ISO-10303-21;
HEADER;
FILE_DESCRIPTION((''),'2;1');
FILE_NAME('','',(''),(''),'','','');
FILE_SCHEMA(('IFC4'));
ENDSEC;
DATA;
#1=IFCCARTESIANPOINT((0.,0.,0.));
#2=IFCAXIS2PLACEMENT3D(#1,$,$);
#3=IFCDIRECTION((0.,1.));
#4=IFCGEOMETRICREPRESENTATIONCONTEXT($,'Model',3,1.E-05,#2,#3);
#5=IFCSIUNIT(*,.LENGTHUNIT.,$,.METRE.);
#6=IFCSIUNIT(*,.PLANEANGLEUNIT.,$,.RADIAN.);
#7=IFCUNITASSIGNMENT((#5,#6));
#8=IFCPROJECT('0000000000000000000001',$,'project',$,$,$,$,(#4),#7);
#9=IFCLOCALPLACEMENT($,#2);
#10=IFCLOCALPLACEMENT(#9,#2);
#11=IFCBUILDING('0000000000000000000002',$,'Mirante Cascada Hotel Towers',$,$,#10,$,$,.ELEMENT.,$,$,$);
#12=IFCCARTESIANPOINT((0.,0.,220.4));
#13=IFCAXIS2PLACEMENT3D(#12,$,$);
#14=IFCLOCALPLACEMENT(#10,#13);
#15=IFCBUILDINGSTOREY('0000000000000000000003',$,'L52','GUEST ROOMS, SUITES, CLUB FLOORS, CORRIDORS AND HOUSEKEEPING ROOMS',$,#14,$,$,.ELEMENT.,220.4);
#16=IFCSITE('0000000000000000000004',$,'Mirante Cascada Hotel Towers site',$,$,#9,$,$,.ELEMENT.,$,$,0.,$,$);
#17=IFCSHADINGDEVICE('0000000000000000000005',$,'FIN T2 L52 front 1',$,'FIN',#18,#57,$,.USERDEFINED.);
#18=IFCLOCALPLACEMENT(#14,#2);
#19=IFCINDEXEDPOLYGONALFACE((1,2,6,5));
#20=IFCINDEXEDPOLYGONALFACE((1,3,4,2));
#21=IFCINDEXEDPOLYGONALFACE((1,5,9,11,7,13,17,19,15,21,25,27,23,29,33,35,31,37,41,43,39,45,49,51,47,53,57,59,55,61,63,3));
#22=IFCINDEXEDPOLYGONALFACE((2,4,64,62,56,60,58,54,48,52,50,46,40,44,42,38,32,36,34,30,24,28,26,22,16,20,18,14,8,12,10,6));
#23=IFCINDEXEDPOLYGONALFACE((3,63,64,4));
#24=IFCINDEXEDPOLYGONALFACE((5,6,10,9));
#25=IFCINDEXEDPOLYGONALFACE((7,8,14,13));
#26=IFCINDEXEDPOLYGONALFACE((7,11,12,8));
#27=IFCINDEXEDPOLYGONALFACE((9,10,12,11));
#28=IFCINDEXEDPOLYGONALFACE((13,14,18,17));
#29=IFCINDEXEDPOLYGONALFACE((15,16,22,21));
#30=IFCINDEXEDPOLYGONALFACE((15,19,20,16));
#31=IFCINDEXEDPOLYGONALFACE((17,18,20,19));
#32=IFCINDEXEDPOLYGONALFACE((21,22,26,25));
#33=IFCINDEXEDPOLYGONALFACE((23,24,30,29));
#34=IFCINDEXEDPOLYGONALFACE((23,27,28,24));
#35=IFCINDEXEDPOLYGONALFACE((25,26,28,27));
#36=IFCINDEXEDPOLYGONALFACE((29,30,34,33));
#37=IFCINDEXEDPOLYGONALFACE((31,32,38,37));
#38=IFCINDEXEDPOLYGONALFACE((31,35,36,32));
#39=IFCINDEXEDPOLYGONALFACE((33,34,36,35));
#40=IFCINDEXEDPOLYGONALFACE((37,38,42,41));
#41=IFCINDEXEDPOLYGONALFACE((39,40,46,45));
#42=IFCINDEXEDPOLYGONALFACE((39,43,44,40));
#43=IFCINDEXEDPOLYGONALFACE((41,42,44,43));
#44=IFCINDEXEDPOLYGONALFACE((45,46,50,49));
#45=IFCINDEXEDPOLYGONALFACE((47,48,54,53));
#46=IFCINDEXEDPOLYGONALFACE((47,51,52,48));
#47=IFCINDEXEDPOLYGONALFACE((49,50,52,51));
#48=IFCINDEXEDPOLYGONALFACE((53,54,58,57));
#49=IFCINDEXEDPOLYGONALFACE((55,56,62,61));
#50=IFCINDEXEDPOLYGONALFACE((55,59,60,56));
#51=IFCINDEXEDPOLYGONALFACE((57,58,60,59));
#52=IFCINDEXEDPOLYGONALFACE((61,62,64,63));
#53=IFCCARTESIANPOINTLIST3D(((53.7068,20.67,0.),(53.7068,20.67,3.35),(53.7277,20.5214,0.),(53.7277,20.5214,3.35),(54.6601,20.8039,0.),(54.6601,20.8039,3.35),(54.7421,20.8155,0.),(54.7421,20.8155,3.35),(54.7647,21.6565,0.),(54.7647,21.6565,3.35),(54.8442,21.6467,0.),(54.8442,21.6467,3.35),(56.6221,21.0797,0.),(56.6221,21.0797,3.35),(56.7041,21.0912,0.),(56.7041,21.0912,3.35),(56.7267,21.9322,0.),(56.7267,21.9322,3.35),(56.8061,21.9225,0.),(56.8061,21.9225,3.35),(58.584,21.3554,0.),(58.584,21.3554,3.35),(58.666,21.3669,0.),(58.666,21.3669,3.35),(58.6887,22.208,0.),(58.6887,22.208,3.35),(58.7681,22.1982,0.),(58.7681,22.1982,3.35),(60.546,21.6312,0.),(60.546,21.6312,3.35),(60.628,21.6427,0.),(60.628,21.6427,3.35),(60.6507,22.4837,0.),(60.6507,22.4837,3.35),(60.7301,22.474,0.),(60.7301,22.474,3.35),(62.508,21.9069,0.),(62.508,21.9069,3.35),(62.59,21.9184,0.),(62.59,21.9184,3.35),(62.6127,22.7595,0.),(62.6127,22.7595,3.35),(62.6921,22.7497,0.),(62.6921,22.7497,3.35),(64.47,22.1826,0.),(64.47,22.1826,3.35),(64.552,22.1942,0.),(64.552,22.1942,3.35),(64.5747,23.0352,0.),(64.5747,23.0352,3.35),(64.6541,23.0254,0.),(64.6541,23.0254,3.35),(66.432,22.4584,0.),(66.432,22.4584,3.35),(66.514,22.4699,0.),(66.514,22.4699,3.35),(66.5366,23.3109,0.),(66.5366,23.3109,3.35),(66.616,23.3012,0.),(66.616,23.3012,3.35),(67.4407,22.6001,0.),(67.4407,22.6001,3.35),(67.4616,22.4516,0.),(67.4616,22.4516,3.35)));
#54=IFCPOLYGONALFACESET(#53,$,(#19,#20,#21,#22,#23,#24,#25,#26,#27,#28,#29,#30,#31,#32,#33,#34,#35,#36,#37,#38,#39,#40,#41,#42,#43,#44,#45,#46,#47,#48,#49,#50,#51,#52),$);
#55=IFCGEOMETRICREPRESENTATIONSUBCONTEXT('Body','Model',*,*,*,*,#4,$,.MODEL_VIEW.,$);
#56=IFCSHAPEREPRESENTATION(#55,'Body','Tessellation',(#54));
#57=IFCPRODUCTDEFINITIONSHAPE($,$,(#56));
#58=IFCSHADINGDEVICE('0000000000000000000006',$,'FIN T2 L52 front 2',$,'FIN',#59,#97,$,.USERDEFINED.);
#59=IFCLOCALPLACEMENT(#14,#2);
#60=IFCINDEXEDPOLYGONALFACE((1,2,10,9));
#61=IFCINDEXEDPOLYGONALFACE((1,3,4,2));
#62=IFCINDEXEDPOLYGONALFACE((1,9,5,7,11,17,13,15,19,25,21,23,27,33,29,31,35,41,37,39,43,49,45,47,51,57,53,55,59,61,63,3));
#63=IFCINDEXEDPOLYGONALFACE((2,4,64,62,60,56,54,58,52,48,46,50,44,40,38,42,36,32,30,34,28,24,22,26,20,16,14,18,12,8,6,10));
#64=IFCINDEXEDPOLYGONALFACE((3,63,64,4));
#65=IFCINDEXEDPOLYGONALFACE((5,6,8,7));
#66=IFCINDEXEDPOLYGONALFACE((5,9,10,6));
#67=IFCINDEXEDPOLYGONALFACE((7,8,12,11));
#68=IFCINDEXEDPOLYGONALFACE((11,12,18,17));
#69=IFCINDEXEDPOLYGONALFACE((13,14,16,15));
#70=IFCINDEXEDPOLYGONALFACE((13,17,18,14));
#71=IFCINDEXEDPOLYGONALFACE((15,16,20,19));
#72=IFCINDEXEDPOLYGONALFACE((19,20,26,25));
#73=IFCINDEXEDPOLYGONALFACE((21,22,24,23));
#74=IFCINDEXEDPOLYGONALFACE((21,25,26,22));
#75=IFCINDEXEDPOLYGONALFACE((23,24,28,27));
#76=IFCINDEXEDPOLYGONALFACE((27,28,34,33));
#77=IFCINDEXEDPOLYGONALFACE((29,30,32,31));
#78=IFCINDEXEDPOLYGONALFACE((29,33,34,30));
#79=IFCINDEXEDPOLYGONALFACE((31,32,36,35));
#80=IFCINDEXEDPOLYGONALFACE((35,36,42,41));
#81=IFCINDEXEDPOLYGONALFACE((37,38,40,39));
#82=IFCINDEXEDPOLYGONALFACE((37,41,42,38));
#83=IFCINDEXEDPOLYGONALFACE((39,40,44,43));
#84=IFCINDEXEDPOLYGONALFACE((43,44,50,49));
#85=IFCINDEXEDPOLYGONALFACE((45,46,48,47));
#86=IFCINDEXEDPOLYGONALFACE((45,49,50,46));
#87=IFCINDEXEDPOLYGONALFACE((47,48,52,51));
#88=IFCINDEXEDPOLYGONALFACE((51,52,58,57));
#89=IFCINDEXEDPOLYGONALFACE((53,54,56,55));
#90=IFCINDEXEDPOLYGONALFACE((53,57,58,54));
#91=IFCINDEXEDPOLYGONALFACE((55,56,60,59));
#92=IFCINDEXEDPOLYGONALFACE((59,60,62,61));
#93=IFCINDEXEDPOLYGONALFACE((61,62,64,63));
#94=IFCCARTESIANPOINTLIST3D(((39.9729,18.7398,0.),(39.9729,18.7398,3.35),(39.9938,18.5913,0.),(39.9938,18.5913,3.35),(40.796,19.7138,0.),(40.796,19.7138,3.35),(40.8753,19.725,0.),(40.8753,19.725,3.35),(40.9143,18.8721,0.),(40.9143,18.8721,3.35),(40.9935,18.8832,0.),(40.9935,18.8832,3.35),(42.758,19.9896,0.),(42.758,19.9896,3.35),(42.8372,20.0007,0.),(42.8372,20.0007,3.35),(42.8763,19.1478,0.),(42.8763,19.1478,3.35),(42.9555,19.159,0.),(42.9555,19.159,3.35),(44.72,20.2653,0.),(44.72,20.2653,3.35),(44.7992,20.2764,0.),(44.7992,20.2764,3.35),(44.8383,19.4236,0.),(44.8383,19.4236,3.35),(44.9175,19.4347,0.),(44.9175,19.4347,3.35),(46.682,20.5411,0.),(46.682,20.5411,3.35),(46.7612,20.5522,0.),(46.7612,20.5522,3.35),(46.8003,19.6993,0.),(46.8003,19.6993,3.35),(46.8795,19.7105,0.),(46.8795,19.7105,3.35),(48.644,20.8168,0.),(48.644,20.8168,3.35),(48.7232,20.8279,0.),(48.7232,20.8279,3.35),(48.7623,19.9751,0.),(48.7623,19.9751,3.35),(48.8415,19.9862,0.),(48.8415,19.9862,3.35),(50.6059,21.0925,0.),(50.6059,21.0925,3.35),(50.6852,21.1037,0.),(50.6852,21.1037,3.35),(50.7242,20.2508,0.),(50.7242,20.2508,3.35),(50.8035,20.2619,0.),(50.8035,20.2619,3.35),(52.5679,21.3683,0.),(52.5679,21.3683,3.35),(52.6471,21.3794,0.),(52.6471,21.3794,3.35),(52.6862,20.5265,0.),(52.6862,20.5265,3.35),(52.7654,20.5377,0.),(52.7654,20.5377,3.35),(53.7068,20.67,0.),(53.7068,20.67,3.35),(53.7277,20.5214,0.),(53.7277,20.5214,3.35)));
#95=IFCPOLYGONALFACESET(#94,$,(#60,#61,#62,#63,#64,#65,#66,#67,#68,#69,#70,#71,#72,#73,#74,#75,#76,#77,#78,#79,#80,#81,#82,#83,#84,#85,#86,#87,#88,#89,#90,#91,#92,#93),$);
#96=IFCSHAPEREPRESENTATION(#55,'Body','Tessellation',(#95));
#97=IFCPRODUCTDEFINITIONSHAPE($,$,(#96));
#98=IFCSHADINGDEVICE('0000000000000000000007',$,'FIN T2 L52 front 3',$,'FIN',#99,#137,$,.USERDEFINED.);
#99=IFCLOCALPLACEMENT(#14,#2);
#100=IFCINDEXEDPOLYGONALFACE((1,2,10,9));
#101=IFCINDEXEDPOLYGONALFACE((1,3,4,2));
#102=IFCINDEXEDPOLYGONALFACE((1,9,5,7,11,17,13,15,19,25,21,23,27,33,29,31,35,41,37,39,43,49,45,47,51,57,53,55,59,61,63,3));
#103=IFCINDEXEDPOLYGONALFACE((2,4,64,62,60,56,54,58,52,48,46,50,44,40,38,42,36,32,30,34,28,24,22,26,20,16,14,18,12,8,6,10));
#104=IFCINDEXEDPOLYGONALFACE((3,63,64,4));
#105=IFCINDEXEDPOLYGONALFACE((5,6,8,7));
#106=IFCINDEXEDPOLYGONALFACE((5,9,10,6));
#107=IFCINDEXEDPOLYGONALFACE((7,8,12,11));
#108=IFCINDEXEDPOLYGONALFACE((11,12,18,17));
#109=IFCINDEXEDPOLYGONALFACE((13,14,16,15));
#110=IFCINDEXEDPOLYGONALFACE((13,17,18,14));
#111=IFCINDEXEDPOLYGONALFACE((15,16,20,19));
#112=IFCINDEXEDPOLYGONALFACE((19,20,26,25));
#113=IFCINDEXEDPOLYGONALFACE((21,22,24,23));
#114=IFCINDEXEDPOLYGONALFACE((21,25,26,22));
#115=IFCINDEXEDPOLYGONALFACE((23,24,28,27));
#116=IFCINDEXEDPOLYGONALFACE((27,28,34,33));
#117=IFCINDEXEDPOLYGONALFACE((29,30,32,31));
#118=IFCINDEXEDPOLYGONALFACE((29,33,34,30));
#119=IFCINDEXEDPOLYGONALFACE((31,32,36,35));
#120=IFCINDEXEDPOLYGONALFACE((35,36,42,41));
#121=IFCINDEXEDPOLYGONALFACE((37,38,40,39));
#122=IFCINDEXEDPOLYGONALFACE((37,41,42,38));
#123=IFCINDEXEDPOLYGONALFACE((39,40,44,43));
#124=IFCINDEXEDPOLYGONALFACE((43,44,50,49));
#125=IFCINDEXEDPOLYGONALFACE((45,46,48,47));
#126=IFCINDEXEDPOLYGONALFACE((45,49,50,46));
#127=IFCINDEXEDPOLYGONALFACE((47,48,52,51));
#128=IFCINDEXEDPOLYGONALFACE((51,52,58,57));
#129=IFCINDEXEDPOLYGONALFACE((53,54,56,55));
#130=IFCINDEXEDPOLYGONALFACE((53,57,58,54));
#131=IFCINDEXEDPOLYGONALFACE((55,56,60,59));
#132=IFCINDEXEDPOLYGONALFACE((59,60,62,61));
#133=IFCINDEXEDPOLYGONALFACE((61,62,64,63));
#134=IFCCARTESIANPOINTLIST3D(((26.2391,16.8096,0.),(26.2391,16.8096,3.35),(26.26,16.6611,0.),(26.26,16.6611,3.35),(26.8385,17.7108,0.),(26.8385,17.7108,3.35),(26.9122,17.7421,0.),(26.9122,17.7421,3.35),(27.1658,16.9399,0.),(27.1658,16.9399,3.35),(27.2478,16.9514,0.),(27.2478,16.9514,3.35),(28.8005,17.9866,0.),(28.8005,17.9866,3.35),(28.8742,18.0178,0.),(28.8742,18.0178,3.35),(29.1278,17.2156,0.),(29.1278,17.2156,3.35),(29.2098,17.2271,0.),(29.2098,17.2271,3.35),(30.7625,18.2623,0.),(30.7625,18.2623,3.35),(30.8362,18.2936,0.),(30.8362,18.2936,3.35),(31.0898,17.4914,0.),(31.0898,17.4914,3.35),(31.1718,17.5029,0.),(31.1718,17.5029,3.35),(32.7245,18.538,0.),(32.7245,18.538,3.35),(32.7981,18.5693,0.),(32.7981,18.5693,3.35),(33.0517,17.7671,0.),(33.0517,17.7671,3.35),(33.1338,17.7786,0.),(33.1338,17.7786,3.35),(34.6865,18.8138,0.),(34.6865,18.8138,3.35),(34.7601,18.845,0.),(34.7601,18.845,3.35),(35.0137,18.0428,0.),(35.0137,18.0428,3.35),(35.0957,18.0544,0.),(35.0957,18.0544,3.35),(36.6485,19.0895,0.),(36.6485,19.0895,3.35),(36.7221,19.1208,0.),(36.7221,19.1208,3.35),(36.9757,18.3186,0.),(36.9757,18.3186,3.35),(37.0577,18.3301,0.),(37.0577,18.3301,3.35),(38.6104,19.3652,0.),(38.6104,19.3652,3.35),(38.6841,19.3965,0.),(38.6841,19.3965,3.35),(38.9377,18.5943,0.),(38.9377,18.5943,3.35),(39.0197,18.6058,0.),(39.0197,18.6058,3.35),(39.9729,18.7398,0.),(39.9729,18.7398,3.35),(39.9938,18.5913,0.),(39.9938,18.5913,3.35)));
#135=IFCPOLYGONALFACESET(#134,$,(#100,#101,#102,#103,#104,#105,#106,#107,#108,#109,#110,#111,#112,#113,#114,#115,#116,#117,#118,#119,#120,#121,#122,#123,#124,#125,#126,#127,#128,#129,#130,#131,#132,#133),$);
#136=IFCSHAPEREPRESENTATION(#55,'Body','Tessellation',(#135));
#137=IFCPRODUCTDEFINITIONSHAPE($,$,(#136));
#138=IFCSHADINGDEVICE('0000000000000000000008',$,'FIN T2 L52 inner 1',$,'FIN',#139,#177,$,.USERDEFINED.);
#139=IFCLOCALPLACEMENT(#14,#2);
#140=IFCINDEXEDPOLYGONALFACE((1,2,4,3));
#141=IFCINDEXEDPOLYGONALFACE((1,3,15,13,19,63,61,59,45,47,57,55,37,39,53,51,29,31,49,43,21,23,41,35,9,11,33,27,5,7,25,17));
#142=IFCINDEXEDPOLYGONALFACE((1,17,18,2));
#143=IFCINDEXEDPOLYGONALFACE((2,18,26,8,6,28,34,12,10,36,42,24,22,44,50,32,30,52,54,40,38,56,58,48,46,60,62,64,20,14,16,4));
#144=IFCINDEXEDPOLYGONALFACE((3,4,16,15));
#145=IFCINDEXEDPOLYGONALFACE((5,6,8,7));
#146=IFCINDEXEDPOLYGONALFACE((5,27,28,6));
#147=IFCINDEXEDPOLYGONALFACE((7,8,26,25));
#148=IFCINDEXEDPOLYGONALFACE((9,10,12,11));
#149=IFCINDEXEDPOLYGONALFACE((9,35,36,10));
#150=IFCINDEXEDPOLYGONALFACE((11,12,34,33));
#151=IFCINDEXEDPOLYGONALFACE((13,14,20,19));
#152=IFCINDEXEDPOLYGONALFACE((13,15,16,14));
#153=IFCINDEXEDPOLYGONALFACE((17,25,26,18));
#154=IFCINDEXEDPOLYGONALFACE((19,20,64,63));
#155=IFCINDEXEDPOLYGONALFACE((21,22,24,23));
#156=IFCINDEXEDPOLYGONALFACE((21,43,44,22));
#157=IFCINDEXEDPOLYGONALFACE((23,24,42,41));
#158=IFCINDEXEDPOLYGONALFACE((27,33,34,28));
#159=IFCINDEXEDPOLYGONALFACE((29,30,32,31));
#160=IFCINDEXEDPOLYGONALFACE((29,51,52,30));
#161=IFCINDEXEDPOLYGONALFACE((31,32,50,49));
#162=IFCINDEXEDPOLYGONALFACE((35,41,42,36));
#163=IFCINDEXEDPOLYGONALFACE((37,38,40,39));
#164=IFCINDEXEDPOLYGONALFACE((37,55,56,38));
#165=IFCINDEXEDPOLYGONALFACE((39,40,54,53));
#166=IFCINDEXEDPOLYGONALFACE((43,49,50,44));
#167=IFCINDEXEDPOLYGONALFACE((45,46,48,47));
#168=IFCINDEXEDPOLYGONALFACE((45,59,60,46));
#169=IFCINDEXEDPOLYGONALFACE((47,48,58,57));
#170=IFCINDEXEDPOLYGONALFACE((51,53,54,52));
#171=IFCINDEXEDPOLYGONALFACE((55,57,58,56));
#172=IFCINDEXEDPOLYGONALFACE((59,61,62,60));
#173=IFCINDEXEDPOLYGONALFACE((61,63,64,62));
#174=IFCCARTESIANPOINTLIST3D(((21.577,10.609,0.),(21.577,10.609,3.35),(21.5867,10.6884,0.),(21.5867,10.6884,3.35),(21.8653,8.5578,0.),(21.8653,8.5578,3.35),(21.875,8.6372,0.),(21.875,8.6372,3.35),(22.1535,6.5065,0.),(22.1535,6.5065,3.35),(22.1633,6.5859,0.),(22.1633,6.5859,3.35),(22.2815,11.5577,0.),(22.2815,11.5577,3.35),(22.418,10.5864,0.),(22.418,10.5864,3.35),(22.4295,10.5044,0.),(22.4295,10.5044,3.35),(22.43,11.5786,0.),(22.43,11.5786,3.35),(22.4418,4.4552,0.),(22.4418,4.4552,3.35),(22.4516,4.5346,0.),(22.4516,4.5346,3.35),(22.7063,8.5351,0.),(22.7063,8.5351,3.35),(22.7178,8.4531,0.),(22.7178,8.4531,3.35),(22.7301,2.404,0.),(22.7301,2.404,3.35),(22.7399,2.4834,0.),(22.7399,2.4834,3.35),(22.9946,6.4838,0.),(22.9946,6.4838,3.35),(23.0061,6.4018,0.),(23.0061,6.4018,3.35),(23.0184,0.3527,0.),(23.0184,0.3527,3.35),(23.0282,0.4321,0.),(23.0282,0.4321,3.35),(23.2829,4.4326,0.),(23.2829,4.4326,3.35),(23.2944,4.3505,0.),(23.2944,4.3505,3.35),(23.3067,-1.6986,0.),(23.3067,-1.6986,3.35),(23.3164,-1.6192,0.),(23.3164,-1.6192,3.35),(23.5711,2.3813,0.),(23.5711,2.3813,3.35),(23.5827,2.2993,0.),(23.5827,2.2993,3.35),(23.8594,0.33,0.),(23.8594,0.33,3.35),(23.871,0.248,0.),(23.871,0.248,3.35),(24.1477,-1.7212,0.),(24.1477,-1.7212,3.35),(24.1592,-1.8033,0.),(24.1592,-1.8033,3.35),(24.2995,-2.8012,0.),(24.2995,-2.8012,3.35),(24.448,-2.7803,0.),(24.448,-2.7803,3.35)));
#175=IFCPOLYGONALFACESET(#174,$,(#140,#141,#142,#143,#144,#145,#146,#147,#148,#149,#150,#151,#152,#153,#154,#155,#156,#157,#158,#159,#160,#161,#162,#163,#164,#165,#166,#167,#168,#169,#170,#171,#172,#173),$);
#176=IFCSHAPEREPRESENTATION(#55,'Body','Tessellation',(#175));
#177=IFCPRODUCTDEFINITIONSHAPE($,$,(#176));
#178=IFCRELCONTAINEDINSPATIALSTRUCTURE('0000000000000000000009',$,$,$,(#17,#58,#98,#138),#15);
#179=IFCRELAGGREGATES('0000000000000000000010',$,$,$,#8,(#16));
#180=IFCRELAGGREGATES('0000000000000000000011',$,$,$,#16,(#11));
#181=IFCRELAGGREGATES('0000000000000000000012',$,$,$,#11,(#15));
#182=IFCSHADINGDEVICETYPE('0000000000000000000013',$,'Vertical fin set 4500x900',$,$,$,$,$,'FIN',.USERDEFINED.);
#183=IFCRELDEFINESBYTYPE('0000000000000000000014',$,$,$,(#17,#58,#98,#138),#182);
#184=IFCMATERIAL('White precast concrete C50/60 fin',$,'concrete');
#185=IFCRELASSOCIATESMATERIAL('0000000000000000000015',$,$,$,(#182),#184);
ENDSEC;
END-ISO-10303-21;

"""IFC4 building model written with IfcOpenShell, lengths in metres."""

from ifc_helpers import new_model, si_unit, direction, frame, origin, place, context, subcontext, project, spatial, polyline, outline, extrude, material, type_object, element, save


model = new_model("IFC4")

# Units and contexts
model_context = context("Model", 3, precision=1e-05, world=origin(), true_north=direction((0.0, 1.0)))
body_context = subcontext(model_context, "Body", "Model", "MODEL_VIEW")
ifc_project = project(units=[si_unit("LENGTHUNIT", "METRE"), si_unit("PLANEANGLEUNIT", "RADIAN")], contexts=[model_context])

# Site, building, storey
site_placement = place(None, origin())
site = spatial("IfcSite", under=ifc_project, at=site_placement, Name="Mirante Cascada Hotel Towers site", CompositionType="ELEMENT", RefElevation=0.0)
building_placement = place(site_placement, origin())
building = spatial("IfcBuilding", under=site, at=building_placement, Name="Mirante Cascada Hotel Towers", CompositionType="ELEMENT")
storey_placement = place(building_placement, frame((0.0, 0.0, 220.4)))
storey = spatial("IfcBuildingStorey", under=building, at=storey_placement, Name="L52", Description="GUEST ROOMS, SUITES, CLUB FLOORS, CORRIDORS AND HOUSEKEEPING ROOMS", CompositionType="ELEMENT", Elevation=220.4)

# Shading devices
ifc_material_1 = material(Name="White precast concrete C50/60 fin", Category="concrete")
shading_device_type = type_object("IfcShadingDeviceType", Name="Vertical fin set 4500x900", ElementType="FIN", PredefinedType="USERDEFINED", material=ifc_material_1)
shading_device_1_placement = place(storey_placement, origin())
element("IfcShadingDevice", 1, at=shading_device_1_placement, inside=storey, type_object=shading_device_type, Name="FIN T2 L52 front 1", ObjectType="FIN", PredefinedType="USERDEFINED", context=body_context, shape_type="SweptSolid", body=[
    extrude(outline(polyline([(54.8442, 21.6467), (54.7421, 20.8155), (56.6221, 21.0797), (56.7267, 21.9322), (56.8061, 21.9225), (56.7041, 21.0912), (58.584, 21.3554), (58.6887, 22.208), (58.7681, 22.1982), (58.666, 21.3669), (60.546, 21.6312), (60.6507, 22.4837), (60.7301, 22.474), (60.628, 21.6427), (62.508, 21.9069), (62.6127, 22.7595), (62.6921, 22.7497), (62.59, 21.9184), (64.47, 22.1826), (64.5747, 23.0352), (64.6541, 23.0254), (64.552, 22.1942), (66.432, 22.4584), (66.5366, 23.3109), (66.616, 23.3012), (66.514, 22.4699), (67.4407, 22.6001), (67.4616, 22.4516), (53.7277, 20.5214), (53.7068, 20.67), (54.6601, 20.8039), (54.7647, 21.6565), (54.8442, 21.6467)])), origin(), (0.0, 0.0, 1.0), 3.35),
])
shading_device_2_placement = place(storey_placement, origin())
element("IfcShadingDevice", 2, at=shading_device_2_placement, inside=storey, type_object=shading_device_type, Name="FIN T2 L52 front 2", ObjectType="FIN", PredefinedType="USERDEFINED", context=body_context, shape_type="SweptSolid", body=[
    extrude(outline(polyline([(40.8753, 19.725), (40.9935, 18.8832), (42.8763, 19.1478), (42.758, 19.9896), (42.8372, 20.0007), (42.9555, 19.159), (44.8383, 19.4236), (44.72, 20.2653), (44.7992, 20.2764), (44.9175, 19.4347), (46.8003, 19.6993), (46.682, 20.5411), (46.7612, 20.5522), (46.8795, 19.7105), (48.7623, 19.9751), (48.644, 20.8168), (48.7232, 20.8279), (48.8415, 19.9862), (50.7242, 20.2508), (50.6059, 21.0925), (50.6852, 21.1037), (50.8035, 20.2619), (52.6862, 20.5265), (52.5679, 21.3683), (52.6471, 21.3794), (52.7654, 20.5377), (53.7068, 20.67), (53.7277, 20.5214), (39.9938, 18.5913), (39.9729, 18.7398), (40.9143, 18.8721), (40.796, 19.7138), (40.8753, 19.725)])), origin(), (0.0, 0.0, 1.0), 3.35),
])
shading_device_3_placement = place(storey_placement, origin())
element("IfcShadingDevice", 3, at=shading_device_3_placement, inside=storey, type_object=shading_device_type, Name="FIN T2 L52 front 3", ObjectType="FIN", PredefinedType="USERDEFINED", context=body_context, shape_type="SweptSolid", body=[
    extrude(outline(polyline([(26.9122, 17.7421), (27.2478, 16.9514), (29.1278, 17.2156), (28.8005, 17.9866), (28.8742, 18.0178), (29.2098, 17.2271), (31.0898, 17.4914), (30.7625, 18.2623), (30.8362, 18.2936), (31.1718, 17.5029), (33.0517, 17.7671), (32.7245, 18.538), (32.7981, 18.5693), (33.1338, 17.7786), (35.0137, 18.0428), (34.6865, 18.8138), (34.7601, 18.845), (35.0957, 18.0544), (36.9757, 18.3186), (36.6485, 19.0895), (36.7221, 19.1208), (37.0577, 18.3301), (38.9377, 18.5943), (38.6104, 19.3652), (38.6841, 19.3965), (39.0197, 18.6058), (39.9729, 18.7398), (39.9938, 18.5913), (26.26, 16.6611), (26.2391, 16.8096), (27.1658, 16.9399), (26.8385, 17.7108), (26.9122, 17.7421)])), origin(), (0.0, 0.0, 1.0), 3.35),
])
shading_device_4_placement = place(storey_placement, origin())
element("IfcShadingDevice", 4, at=shading_device_4_placement, inside=storey, type_object=shading_device_type, Name="FIN T2 L52 inner 1", ObjectType="FIN", PredefinedType="USERDEFINED", context=body_context, shape_type="SweptSolid", body=[
    extrude(outline(polyline([(23.3164, -1.6192), (24.1477, -1.7212), (23.871, 0.248), (23.0184, 0.3527), (23.0282, 0.4321), (23.8594, 0.33), (23.5827, 2.2993), (22.7301, 2.404), (22.7399, 2.4834), (23.5711, 2.3813), (23.2944, 4.3505), (22.4418, 4.4552), (22.4516, 4.5346), (23.2829, 4.4326), (23.0061, 6.4018), (22.1535, 6.5065), (22.1633, 6.5859), (22.9946, 6.4838), (22.7178, 8.4531), (21.8653, 8.5578), (21.875, 8.6372), (22.7063, 8.5351), (22.4295, 10.5044), (21.577, 10.609), (21.5867, 10.6884), (22.418, 10.5864), (22.2815, 11.5577), (22.43, 11.5786), (24.448, -2.7803), (24.2995, -2.8012), (24.1592, -1.8033), (23.3067, -1.6986), (23.3164, -1.6192)])), origin(), (0.0, 0.0, 1.0), 3.35),
])

save(model, "model.ifc")
